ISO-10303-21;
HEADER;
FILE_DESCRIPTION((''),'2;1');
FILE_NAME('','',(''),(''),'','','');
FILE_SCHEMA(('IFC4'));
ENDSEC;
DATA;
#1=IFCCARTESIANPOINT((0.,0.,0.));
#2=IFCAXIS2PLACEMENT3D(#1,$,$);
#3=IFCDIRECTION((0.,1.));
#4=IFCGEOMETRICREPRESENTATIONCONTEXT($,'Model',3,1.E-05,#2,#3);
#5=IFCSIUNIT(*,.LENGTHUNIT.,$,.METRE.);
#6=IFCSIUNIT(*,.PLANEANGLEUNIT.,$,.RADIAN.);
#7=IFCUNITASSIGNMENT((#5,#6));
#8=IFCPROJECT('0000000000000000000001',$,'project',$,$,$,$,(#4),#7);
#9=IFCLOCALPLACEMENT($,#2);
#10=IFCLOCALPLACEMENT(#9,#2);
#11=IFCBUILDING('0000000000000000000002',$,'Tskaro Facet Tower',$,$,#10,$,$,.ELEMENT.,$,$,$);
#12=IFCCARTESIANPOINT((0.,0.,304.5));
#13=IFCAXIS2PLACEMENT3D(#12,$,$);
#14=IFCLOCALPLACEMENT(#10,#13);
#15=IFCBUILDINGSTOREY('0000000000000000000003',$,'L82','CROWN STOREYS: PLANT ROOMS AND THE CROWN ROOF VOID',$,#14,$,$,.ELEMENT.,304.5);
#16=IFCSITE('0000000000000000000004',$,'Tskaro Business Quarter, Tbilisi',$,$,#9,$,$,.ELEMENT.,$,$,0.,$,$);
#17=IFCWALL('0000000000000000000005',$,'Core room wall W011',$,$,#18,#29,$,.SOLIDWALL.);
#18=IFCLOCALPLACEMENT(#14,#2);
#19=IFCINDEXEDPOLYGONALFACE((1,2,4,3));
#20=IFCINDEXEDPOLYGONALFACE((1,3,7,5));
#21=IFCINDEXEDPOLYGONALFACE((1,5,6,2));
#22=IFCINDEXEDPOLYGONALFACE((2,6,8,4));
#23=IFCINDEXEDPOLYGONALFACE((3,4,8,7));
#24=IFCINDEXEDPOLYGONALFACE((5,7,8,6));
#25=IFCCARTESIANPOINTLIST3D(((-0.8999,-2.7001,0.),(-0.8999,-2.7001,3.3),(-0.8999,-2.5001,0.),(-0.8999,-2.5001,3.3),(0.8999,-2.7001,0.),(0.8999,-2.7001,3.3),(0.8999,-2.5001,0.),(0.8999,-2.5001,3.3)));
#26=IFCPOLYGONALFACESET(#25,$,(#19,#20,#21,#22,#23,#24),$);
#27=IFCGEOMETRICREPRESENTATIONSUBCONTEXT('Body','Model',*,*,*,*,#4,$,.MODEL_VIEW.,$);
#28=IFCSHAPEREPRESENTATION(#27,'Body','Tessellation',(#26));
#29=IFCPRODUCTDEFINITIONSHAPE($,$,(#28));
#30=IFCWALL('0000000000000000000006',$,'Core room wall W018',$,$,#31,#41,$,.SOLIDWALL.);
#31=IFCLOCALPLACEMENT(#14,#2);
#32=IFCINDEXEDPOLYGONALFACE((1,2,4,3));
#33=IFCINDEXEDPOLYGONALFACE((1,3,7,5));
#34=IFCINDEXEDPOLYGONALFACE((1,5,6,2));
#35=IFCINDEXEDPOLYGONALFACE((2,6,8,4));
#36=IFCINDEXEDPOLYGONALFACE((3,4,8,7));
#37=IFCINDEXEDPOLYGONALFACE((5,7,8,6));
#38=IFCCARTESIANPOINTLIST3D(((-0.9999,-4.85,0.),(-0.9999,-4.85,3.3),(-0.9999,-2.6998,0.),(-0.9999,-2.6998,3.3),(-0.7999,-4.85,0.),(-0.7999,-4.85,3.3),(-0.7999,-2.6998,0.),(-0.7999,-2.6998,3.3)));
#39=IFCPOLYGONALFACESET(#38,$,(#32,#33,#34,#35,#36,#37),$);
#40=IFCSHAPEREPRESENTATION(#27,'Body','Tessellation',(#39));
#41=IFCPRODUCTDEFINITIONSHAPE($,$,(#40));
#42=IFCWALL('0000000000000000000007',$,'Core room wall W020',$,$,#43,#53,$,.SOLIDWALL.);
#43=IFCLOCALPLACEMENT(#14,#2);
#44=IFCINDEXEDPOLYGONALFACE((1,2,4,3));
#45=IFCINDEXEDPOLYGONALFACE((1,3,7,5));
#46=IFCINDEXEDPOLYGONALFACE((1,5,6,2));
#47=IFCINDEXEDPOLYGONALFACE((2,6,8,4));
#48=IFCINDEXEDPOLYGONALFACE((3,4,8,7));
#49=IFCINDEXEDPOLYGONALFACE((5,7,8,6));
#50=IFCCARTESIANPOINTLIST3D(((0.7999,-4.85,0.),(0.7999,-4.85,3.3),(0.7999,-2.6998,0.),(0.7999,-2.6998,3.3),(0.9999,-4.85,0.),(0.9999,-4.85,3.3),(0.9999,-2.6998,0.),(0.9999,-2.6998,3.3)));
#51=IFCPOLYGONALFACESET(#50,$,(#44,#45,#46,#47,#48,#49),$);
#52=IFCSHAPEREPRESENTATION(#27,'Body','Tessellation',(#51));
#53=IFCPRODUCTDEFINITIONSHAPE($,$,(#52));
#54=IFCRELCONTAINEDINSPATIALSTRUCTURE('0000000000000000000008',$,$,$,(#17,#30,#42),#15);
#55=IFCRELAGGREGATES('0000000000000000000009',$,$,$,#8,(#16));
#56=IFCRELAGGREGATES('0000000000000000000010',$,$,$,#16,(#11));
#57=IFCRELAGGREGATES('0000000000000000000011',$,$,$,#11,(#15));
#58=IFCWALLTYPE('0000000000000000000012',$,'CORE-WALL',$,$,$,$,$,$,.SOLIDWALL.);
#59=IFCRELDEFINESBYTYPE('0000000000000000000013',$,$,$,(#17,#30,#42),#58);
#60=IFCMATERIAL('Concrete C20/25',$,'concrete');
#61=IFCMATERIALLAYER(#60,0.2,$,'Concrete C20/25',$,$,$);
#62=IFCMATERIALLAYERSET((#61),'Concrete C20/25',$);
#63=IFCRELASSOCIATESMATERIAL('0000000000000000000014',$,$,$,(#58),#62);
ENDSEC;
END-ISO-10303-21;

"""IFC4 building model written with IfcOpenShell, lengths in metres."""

from ifc_helpers import new_model, si_unit, direction, frame, frame_2d, origin, place, context, subcontext, project, spatial, rectangle, extrude, material, layer, layer_set, type_object, element, save


model = new_model("IFC4")

# Units and contexts
model_context = context("Model", 3, precision=1e-05, world=origin(), true_north=direction((0.0, 1.0)))
body_context = subcontext(model_context, "Body", "Model", "MODEL_VIEW")
ifc_project = project(units=[si_unit("LENGTHUNIT", "METRE"), si_unit("PLANEANGLEUNIT", "RADIAN")], contexts=[model_context])

# Site, building, storey
site_placement = place(None, origin())
site = spatial("IfcSite", under=ifc_project, at=site_placement, Name="Tskaro Business Quarter, Tbilisi", CompositionType="ELEMENT", RefElevation=0.0)
building_placement = place(site_placement, origin())
building = spatial("IfcBuilding", under=site, at=building_placement, Name="Tskaro Facet Tower", CompositionType="ELEMENT")
storey_placement = place(building_placement, frame((0.0, 0.0, 304.5)))
storey = spatial("IfcBuildingStorey", under=building, at=storey_placement, Name="L82", Description="CROWN STOREYS: PLANT ROOMS AND THE CROWN ROOF VOID", CompositionType="ELEMENT", Elevation=304.5)

# Shared definitions
ifc_material_1 = material(Name="Concrete C20/25", Category="concrete")
ifc_layer_1 = layer(ifc_material_1, 0.2, Name="Concrete C20/25")
ifc_layer_set_1 = layer_set([ifc_layer_1], Name="Concrete C20/25")
wall_type_1 = type_object("IfcWallType", Name="CORE-WALL", PredefinedType="SOLIDWALL", material=ifc_layer_set_1)

# Walls
wall_1_placement = place(storey_placement, frame((-0.8999, -2.6001, 0.0), z_axis=(0.0, 0.0, 1.0), x_axis=(1.0, 0.0, 0.0)))
element("IfcWall", 1, at=wall_1_placement, inside=storey, type_object=wall_type_1, Name="Core room wall W011", PredefinedType="SOLIDWALL", context=body_context, shape_type="SweptSolid", body=[
    extrude(rectangle(XDim=1.7998, YDim=0.2, at=frame_2d((0.8999, 0.0))), origin(), (0.0, 0.0, 1.0), 3.3),
])
for number, where, z_axis, x_axis, name in (
    (2, (-0.8999, -4.8501, 0.0), (0.0, 0.0, 1.0), (0.0, 1.0, 0.0), "Core room wall W018"),
    (3, (0.8999, -4.8501, 0.0), (0.0, 0.0, 1.0), (0.0, 1.0, 0.0), "Core room wall W020"),
):
    element("IfcWall", number, at=place(storey_placement, frame(where, z_axis=z_axis, x_axis=x_axis)), inside=storey, type_object=wall_type_1, Name=name, PredefinedType="SOLIDWALL", context=body_context, shape_type="SweptSolid", body=[
        extrude(rectangle(XDim=2.1501, YDim=0.2, at=frame_2d((1.0752, 0.0))), origin(), (0.0, 0.0, 1.0), 3.3),
    ])

save(model, "model.ifc")
